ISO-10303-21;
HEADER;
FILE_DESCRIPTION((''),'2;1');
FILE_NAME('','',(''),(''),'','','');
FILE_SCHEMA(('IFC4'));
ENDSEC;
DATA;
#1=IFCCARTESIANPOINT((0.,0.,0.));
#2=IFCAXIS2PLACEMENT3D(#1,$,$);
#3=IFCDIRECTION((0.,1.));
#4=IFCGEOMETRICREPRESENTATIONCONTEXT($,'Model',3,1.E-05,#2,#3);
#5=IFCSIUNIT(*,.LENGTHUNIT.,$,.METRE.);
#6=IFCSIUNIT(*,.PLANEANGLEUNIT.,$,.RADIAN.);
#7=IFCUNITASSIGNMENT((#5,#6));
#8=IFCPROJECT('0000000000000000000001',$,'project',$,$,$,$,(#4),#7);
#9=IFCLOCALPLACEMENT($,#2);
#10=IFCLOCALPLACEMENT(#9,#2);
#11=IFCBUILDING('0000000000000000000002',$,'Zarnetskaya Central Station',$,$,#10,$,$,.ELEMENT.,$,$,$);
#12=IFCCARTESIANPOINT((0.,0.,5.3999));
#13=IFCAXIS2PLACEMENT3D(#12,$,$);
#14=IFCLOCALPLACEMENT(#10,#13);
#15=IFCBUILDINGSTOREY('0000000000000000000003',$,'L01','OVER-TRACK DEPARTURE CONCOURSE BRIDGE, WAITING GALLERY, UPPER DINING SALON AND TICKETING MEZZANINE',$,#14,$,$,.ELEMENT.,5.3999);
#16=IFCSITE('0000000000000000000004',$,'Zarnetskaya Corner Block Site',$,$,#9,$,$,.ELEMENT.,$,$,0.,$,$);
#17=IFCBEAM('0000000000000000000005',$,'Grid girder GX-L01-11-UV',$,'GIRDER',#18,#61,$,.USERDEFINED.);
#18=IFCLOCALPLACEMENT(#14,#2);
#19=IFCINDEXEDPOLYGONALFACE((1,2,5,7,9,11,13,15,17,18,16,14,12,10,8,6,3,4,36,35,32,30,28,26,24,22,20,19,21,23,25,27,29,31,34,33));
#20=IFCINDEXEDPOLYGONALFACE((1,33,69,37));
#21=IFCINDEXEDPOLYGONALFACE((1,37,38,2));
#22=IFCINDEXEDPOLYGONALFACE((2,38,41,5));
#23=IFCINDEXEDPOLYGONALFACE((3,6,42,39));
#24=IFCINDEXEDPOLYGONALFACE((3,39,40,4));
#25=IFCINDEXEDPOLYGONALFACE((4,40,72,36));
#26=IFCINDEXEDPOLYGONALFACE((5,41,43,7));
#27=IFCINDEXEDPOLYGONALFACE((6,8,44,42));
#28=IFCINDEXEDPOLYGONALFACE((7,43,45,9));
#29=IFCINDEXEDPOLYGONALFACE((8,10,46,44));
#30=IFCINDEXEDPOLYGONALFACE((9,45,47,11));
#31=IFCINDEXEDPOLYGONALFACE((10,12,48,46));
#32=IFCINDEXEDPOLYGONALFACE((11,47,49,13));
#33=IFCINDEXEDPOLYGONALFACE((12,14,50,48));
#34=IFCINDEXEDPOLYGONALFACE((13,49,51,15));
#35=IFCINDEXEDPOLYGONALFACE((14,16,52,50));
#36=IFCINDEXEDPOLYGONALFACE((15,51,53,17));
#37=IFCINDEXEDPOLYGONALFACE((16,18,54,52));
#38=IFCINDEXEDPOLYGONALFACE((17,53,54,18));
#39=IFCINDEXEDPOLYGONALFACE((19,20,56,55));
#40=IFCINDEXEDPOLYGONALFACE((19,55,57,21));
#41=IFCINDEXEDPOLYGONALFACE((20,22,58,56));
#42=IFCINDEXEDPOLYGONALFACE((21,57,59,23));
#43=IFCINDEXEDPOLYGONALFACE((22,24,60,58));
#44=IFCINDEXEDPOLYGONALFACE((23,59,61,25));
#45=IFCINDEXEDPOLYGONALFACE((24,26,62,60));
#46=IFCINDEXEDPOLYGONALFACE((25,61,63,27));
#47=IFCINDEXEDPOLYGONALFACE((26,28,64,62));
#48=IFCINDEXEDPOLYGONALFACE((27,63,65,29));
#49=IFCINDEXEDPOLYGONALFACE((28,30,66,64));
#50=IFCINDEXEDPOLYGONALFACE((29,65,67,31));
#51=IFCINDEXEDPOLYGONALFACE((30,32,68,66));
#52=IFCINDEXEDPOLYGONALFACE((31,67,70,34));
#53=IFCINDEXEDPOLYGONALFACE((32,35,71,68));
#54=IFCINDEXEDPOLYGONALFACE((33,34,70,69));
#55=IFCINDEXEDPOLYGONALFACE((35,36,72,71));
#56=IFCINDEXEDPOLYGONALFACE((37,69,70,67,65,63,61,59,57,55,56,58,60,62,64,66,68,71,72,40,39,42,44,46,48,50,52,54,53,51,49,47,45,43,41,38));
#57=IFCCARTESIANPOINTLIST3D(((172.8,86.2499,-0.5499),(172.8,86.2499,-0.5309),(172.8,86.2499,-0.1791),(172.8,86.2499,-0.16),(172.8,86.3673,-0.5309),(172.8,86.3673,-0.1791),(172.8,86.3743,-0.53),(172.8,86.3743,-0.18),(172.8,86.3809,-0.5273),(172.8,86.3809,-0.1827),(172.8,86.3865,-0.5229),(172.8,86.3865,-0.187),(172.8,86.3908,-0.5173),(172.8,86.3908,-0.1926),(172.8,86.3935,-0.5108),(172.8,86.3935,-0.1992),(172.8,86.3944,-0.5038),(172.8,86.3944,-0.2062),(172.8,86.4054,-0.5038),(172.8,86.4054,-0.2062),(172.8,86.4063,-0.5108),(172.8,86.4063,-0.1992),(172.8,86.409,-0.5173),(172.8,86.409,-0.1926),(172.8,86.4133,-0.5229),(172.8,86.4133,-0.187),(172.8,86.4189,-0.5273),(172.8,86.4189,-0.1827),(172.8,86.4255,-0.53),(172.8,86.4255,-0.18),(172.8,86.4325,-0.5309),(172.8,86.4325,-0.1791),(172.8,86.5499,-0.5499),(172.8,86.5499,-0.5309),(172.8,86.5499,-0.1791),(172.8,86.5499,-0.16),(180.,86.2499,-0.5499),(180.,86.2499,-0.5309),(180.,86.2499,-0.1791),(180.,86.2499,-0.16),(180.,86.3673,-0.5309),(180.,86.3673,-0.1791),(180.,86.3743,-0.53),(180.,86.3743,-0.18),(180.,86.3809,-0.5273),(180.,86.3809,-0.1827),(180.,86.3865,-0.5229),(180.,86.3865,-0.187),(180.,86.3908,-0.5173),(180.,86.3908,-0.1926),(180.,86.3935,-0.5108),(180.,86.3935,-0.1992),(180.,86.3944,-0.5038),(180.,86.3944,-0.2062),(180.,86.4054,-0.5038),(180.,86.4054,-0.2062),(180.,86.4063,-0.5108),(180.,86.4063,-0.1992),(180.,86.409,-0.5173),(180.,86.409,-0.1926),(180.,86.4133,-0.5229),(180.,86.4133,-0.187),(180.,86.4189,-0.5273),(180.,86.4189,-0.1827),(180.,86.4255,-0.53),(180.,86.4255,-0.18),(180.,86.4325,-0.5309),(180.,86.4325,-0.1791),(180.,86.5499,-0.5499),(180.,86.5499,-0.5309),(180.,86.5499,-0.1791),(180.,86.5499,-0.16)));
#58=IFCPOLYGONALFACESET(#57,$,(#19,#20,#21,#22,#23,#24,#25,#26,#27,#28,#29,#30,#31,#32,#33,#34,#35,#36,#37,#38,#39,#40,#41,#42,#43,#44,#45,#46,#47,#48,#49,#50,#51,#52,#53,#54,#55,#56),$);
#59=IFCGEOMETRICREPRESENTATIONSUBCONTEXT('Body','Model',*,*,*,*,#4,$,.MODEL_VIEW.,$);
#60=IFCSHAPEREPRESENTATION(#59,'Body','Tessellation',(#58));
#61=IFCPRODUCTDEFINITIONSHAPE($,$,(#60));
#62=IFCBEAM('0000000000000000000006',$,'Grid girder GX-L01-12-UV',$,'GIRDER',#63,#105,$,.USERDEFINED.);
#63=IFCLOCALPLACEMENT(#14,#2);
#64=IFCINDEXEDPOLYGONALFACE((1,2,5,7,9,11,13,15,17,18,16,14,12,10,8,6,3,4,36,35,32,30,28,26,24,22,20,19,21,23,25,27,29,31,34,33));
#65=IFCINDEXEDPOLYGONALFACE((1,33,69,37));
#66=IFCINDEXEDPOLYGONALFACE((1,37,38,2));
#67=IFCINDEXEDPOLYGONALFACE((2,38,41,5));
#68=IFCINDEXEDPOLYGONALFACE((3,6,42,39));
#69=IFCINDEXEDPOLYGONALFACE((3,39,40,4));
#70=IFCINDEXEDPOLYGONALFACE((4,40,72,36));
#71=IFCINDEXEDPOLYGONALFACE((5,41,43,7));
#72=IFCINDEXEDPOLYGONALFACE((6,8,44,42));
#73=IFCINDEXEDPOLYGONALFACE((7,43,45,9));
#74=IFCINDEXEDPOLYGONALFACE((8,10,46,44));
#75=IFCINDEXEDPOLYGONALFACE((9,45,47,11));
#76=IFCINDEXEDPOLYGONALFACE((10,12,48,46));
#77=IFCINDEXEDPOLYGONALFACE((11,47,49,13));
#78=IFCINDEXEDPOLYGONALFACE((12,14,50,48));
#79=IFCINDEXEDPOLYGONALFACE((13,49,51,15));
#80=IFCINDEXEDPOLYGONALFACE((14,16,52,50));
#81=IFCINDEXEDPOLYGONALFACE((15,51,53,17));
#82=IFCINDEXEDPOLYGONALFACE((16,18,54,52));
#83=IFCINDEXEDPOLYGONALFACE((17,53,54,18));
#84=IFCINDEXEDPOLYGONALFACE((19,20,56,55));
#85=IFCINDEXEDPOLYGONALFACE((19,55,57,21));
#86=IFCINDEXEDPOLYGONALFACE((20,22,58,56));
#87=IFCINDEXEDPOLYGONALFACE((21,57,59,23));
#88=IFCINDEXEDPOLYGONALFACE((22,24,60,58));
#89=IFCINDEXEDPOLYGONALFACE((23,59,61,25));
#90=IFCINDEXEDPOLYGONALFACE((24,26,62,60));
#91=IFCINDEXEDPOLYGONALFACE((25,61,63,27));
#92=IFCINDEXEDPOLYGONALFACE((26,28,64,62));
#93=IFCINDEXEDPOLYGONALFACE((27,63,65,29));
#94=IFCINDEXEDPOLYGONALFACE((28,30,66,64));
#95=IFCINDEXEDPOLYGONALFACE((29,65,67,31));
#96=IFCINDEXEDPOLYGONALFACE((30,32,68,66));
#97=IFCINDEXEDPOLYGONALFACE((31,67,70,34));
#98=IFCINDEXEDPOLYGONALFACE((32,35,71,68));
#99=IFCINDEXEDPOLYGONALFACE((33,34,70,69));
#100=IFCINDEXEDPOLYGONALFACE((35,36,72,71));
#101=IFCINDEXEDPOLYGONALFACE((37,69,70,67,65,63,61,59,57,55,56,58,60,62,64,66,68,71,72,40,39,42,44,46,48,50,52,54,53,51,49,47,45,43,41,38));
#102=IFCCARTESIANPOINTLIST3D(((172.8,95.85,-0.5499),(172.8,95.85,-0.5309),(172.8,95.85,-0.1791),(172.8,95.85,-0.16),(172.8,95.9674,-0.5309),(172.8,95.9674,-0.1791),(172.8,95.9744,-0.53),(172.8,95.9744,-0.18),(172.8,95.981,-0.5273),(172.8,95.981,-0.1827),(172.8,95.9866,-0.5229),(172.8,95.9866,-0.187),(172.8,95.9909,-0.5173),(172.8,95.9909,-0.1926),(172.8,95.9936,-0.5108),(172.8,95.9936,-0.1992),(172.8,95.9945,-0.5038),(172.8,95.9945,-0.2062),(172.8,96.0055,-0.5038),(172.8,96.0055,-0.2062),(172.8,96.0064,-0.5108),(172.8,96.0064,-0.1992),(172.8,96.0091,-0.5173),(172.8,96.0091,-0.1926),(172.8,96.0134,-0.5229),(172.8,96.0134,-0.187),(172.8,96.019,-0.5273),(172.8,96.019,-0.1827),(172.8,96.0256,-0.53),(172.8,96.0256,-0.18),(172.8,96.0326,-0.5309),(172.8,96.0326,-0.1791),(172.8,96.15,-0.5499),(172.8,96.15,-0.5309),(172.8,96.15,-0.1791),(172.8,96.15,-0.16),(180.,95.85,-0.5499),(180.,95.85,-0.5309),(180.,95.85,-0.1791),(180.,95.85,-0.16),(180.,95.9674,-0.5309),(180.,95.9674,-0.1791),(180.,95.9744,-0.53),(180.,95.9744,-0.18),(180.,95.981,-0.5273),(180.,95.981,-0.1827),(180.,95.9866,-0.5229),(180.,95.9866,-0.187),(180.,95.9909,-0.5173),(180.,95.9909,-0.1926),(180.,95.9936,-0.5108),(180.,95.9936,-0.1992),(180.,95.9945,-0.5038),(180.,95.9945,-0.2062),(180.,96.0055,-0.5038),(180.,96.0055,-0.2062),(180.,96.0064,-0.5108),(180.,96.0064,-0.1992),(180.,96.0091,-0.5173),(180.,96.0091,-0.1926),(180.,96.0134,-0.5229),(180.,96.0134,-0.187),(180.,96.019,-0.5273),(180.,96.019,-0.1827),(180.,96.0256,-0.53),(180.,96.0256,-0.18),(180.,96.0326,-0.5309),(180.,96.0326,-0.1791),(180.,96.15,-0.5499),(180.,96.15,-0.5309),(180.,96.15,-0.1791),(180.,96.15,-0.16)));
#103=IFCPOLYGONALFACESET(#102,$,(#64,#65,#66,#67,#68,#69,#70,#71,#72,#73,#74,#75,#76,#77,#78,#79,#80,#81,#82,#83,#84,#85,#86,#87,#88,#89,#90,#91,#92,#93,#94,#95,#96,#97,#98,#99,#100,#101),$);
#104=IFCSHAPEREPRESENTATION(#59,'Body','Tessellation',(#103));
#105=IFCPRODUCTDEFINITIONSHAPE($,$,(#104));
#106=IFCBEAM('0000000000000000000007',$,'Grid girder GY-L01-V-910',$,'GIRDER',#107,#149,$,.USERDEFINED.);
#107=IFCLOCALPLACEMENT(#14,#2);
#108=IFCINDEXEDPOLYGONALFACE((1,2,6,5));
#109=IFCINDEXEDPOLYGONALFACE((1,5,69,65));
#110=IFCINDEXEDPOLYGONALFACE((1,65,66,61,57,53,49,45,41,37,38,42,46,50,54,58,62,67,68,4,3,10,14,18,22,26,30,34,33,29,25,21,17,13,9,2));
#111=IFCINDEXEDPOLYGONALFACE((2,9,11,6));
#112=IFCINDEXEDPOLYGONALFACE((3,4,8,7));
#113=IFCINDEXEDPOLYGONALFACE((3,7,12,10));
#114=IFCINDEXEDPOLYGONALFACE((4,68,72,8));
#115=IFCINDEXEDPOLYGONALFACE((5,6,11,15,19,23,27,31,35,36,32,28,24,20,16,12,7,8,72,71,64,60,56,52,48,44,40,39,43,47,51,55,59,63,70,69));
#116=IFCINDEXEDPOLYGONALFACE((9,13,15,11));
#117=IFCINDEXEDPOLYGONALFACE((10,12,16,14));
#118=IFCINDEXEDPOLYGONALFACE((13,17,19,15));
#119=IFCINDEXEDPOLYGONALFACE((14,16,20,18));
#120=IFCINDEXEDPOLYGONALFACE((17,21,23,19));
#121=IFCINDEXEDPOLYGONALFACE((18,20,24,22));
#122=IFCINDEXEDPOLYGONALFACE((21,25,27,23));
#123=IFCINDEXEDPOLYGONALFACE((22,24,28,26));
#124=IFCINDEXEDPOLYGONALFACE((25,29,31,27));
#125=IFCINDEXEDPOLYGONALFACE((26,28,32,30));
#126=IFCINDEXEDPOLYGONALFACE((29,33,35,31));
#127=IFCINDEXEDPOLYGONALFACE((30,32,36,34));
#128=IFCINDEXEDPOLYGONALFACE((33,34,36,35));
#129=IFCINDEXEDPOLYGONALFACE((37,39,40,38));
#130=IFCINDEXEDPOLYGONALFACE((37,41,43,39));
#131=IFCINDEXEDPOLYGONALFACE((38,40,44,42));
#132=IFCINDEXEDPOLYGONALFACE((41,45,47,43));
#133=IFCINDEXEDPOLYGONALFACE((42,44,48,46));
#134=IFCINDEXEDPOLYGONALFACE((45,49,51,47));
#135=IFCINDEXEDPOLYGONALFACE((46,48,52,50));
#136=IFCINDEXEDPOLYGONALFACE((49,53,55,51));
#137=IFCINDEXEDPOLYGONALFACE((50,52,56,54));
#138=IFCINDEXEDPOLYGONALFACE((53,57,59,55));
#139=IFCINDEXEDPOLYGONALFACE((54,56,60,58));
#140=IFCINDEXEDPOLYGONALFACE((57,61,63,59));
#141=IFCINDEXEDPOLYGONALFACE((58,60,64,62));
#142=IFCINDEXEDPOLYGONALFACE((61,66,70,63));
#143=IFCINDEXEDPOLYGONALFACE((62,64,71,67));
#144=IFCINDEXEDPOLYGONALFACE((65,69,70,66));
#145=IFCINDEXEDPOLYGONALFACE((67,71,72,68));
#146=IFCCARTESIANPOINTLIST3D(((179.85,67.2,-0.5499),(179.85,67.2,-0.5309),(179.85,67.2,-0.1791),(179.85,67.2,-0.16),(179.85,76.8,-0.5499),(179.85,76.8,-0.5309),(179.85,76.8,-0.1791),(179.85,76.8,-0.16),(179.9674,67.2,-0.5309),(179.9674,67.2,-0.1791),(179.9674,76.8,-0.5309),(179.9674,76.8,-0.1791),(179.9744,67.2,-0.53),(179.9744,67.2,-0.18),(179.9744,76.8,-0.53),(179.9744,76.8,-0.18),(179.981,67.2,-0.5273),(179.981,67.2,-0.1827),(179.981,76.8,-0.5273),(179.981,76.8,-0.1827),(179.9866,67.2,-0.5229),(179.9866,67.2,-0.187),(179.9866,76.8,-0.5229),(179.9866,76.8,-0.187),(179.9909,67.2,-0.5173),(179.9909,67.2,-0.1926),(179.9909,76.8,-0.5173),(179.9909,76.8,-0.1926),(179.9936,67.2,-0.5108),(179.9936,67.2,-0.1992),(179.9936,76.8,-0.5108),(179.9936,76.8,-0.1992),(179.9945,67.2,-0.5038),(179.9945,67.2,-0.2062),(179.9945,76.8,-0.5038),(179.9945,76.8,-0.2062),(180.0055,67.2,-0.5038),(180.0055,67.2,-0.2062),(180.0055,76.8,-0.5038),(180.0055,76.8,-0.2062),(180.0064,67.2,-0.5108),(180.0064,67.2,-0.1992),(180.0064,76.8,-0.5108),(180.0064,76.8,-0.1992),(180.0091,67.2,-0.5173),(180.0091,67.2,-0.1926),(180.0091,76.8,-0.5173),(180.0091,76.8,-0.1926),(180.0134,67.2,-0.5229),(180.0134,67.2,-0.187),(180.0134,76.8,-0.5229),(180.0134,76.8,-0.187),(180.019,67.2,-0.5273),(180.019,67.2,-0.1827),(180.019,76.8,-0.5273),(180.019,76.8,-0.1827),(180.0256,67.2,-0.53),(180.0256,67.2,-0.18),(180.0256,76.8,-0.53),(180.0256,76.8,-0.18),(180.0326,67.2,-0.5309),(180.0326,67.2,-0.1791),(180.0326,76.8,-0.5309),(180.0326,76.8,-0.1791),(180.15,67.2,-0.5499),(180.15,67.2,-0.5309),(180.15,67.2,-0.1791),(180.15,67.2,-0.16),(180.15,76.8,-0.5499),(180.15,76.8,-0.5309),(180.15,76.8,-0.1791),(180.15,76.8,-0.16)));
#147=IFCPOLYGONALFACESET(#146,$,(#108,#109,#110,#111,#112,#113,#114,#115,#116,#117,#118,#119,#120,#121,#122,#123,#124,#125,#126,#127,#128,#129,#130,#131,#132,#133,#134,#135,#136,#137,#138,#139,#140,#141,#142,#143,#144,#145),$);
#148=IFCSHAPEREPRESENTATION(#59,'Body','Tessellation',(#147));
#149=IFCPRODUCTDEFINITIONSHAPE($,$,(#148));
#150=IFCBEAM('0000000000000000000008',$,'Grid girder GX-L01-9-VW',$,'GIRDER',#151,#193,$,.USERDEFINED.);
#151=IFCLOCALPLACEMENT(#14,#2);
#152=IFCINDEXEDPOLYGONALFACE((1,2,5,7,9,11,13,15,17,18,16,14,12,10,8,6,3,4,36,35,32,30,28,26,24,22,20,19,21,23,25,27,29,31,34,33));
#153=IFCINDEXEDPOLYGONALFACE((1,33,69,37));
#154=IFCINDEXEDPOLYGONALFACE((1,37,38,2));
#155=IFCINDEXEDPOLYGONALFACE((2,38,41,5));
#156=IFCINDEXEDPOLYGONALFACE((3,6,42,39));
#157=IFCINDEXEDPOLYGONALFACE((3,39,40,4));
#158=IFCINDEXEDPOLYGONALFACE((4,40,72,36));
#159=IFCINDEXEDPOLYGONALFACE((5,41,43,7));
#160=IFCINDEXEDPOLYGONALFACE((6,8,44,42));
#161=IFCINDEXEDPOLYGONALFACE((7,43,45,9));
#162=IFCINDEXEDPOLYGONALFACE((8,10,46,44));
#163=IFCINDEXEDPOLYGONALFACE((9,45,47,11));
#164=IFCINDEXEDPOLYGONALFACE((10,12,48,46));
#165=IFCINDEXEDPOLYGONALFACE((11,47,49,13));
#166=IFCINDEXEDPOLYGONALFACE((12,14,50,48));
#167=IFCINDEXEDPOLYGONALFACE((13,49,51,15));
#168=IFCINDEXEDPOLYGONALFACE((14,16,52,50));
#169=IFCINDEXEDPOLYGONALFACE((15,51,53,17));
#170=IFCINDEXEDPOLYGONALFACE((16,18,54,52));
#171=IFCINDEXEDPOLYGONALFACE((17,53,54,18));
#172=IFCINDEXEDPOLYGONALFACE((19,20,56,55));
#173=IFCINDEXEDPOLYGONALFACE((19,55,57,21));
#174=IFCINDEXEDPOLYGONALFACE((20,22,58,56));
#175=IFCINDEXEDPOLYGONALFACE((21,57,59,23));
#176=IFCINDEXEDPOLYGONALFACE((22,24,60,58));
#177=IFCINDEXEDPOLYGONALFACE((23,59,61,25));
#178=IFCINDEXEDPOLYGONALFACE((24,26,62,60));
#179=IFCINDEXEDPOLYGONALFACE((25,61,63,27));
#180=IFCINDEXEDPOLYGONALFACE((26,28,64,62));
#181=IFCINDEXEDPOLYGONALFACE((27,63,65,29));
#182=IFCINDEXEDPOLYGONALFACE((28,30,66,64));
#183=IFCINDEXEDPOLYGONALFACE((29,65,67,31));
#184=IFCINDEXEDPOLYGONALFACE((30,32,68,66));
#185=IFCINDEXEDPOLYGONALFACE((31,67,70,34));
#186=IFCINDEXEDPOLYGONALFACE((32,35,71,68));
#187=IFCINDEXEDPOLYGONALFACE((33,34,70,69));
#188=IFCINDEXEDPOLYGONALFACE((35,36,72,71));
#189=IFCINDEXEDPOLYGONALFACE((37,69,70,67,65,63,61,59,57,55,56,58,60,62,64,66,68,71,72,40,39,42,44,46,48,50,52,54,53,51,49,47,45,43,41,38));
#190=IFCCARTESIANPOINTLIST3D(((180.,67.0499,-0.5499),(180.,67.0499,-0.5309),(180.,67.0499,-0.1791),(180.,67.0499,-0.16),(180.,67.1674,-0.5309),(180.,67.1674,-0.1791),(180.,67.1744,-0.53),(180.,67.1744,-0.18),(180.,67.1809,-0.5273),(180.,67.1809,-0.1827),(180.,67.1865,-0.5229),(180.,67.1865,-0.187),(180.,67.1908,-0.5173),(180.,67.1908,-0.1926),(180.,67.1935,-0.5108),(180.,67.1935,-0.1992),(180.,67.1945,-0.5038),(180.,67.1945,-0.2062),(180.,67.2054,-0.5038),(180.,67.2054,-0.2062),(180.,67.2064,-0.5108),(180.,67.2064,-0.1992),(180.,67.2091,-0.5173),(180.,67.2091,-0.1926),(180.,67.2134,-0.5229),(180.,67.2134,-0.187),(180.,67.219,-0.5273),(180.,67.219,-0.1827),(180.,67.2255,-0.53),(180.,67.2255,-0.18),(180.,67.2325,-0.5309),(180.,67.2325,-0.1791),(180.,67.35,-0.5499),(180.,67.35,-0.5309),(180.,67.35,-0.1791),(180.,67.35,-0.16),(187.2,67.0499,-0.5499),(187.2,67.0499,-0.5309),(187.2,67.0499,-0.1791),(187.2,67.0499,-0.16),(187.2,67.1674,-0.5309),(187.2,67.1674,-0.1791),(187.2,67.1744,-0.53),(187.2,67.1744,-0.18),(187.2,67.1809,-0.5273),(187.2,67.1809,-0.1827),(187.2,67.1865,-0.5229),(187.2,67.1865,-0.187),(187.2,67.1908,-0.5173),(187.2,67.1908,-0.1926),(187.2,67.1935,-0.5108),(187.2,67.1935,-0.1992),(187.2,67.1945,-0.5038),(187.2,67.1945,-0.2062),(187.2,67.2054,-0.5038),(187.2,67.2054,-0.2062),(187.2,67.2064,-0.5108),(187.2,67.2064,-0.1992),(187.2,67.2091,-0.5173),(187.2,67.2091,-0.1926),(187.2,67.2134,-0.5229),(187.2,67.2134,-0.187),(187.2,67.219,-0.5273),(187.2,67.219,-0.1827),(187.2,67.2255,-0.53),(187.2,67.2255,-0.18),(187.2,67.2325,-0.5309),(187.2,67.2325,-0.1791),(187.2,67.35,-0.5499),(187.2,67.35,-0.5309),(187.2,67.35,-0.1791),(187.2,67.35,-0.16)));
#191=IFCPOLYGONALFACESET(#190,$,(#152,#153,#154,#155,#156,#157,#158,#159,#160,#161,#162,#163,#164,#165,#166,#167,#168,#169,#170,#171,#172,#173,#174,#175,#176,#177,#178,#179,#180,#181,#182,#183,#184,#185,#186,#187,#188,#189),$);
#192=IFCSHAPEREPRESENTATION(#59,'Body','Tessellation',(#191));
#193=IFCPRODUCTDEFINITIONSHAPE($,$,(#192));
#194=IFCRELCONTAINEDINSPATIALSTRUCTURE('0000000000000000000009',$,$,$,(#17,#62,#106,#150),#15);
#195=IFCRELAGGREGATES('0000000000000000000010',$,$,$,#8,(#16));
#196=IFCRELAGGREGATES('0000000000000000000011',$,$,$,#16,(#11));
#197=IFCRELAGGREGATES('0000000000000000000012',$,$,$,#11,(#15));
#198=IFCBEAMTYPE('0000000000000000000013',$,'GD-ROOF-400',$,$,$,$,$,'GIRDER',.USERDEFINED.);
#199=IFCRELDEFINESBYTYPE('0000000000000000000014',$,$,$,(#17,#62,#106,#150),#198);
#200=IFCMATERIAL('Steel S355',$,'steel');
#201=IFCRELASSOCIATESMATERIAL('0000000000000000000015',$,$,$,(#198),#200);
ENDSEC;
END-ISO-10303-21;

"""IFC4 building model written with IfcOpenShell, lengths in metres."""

from ifc_helpers import new_model, si_unit, direction, frame, origin, origin_2d, place, context, subcontext, project, spatial, i_section, extrude, material, material_profile, profile_set, type_object, element, save


model = new_model("IFC4")

# Units and contexts
model_context = context("Model", 3, precision=1e-05, world=origin(), true_north=direction((0.0, 1.0)))
body_context = subcontext(model_context, "Body", "Model", "MODEL_VIEW")
ifc_project = project(units=[si_unit("LENGTHUNIT", "METRE"), si_unit("PLANEANGLEUNIT", "RADIAN")], contexts=[model_context])

# Site, building, storey
site_placement = place(None, origin())
site = spatial("IfcSite", under=ifc_project, at=site_placement, Name="Zarnetskaya Corner Block Site", CompositionType="ELEMENT", RefElevation=0.0)
building_placement = place(site_placement, origin())
building = spatial("IfcBuilding", under=site, at=building_placement, Name="Zarnetskaya Central Station", CompositionType="ELEMENT")
storey_placement = place(building_placement, frame((0.0, 0.0, 5.3999)))
storey = spatial("IfcBuildingStorey", under=building, at=storey_placement, Name="L01", Description="OVER-TRACK DEPARTURE CONCOURSE BRIDGE, WAITING GALLERY, UPPER DINING SALON AND TICKETING MEZZANINE", CompositionType="ELEMENT", Elevation=5.3999)

# Beams
ifc_material = material(Name="Steel S355", Category="steel")
ifc_material_profile_1 = material_profile(ifc_material, i_section(OverallWidth=0.3, OverallDepth=0.3899, WebThickness=0.011, FlangeThickness=0.019, FilletRadius=0.0271, at=origin_2d()), Name="HEA 400")
ifc_profile_set_1 = profile_set([ifc_material_profile_1], Name="Steel S355")
beam_type_1 = type_object("IfcBeamType", Name="GD-ROOF-400", ElementType="GIRDER", PredefinedType="USERDEFINED", material=ifc_profile_set_1)
for number, where, z_axis, x_axis, name in (
    (1, (172.8, 86.3999, -0.355), (1.0, 0.0, 0.0), (0.0, 1.0, 0.0), "Grid girder GX-L01-11-UV"),
    (2, (172.8, 96.0, -0.355), (1.0, 0.0, 0.0), (0.0, 1.0, 0.0), "Grid girder GX-L01-12-UV"),
):
    element("IfcBeam", number, at=place(storey_placement, frame(where, z_axis=z_axis, x_axis=x_axis)), inside=storey, type_object=beam_type_1, Name=name, ObjectType="GIRDER", PredefinedType="USERDEFINED", context=body_context, shape_type="SweptSolid", body=[
        extrude(i_section(OverallWidth=0.3, OverallDepth=0.3899, WebThickness=0.011, FlangeThickness=0.019, FilletRadius=0.0271, at=origin_2d()), origin(), (0.0, 0.0, 1.0), 7.2),
    ])
beam_1_placement = place(storey_placement, frame((180.0, 67.2, -0.355), z_axis=(0.0, 1.0, 0.0), x_axis=(-1.0, 0.0, 0.0)))
element("IfcBeam", 3, at=beam_1_placement, inside=storey, type_object=beam_type_1, Name="Grid girder GY-L01-V-910", ObjectType="GIRDER", PredefinedType="USERDEFINED", context=body_context, shape_type="SweptSolid", body=[
    extrude(i_section(OverallWidth=0.3, OverallDepth=0.3899, WebThickness=0.011, FlangeThickness=0.019, FilletRadius=0.0271, at=origin_2d()), origin(), (0.0, 0.0, 1.0), 9.6001),
])
for number, where, z_axis, x_axis, name in (
    (4, (180.0, 67.2, -0.355), (1.0, 0.0, 0.0), (0.0, 1.0, 0.0), "Grid girder GX-L01-9-VW"),
):
    element("IfcBeam", number, at=place(storey_placement, frame(where, z_axis=z_axis, x_axis=x_axis)), inside=storey, type_object=beam_type_1, Name=name, ObjectType="GIRDER", PredefinedType="USERDEFINED", context=body_context, shape_type="SweptSolid", body=[
        extrude(i_section(OverallWidth=0.3, OverallDepth=0.3899, WebThickness=0.011, FlangeThickness=0.019, FilletRadius=0.0271, at=origin_2d()), origin(), (0.0, 0.0, 1.0), 7.2),
    ])

save(model, "model.ifc")
